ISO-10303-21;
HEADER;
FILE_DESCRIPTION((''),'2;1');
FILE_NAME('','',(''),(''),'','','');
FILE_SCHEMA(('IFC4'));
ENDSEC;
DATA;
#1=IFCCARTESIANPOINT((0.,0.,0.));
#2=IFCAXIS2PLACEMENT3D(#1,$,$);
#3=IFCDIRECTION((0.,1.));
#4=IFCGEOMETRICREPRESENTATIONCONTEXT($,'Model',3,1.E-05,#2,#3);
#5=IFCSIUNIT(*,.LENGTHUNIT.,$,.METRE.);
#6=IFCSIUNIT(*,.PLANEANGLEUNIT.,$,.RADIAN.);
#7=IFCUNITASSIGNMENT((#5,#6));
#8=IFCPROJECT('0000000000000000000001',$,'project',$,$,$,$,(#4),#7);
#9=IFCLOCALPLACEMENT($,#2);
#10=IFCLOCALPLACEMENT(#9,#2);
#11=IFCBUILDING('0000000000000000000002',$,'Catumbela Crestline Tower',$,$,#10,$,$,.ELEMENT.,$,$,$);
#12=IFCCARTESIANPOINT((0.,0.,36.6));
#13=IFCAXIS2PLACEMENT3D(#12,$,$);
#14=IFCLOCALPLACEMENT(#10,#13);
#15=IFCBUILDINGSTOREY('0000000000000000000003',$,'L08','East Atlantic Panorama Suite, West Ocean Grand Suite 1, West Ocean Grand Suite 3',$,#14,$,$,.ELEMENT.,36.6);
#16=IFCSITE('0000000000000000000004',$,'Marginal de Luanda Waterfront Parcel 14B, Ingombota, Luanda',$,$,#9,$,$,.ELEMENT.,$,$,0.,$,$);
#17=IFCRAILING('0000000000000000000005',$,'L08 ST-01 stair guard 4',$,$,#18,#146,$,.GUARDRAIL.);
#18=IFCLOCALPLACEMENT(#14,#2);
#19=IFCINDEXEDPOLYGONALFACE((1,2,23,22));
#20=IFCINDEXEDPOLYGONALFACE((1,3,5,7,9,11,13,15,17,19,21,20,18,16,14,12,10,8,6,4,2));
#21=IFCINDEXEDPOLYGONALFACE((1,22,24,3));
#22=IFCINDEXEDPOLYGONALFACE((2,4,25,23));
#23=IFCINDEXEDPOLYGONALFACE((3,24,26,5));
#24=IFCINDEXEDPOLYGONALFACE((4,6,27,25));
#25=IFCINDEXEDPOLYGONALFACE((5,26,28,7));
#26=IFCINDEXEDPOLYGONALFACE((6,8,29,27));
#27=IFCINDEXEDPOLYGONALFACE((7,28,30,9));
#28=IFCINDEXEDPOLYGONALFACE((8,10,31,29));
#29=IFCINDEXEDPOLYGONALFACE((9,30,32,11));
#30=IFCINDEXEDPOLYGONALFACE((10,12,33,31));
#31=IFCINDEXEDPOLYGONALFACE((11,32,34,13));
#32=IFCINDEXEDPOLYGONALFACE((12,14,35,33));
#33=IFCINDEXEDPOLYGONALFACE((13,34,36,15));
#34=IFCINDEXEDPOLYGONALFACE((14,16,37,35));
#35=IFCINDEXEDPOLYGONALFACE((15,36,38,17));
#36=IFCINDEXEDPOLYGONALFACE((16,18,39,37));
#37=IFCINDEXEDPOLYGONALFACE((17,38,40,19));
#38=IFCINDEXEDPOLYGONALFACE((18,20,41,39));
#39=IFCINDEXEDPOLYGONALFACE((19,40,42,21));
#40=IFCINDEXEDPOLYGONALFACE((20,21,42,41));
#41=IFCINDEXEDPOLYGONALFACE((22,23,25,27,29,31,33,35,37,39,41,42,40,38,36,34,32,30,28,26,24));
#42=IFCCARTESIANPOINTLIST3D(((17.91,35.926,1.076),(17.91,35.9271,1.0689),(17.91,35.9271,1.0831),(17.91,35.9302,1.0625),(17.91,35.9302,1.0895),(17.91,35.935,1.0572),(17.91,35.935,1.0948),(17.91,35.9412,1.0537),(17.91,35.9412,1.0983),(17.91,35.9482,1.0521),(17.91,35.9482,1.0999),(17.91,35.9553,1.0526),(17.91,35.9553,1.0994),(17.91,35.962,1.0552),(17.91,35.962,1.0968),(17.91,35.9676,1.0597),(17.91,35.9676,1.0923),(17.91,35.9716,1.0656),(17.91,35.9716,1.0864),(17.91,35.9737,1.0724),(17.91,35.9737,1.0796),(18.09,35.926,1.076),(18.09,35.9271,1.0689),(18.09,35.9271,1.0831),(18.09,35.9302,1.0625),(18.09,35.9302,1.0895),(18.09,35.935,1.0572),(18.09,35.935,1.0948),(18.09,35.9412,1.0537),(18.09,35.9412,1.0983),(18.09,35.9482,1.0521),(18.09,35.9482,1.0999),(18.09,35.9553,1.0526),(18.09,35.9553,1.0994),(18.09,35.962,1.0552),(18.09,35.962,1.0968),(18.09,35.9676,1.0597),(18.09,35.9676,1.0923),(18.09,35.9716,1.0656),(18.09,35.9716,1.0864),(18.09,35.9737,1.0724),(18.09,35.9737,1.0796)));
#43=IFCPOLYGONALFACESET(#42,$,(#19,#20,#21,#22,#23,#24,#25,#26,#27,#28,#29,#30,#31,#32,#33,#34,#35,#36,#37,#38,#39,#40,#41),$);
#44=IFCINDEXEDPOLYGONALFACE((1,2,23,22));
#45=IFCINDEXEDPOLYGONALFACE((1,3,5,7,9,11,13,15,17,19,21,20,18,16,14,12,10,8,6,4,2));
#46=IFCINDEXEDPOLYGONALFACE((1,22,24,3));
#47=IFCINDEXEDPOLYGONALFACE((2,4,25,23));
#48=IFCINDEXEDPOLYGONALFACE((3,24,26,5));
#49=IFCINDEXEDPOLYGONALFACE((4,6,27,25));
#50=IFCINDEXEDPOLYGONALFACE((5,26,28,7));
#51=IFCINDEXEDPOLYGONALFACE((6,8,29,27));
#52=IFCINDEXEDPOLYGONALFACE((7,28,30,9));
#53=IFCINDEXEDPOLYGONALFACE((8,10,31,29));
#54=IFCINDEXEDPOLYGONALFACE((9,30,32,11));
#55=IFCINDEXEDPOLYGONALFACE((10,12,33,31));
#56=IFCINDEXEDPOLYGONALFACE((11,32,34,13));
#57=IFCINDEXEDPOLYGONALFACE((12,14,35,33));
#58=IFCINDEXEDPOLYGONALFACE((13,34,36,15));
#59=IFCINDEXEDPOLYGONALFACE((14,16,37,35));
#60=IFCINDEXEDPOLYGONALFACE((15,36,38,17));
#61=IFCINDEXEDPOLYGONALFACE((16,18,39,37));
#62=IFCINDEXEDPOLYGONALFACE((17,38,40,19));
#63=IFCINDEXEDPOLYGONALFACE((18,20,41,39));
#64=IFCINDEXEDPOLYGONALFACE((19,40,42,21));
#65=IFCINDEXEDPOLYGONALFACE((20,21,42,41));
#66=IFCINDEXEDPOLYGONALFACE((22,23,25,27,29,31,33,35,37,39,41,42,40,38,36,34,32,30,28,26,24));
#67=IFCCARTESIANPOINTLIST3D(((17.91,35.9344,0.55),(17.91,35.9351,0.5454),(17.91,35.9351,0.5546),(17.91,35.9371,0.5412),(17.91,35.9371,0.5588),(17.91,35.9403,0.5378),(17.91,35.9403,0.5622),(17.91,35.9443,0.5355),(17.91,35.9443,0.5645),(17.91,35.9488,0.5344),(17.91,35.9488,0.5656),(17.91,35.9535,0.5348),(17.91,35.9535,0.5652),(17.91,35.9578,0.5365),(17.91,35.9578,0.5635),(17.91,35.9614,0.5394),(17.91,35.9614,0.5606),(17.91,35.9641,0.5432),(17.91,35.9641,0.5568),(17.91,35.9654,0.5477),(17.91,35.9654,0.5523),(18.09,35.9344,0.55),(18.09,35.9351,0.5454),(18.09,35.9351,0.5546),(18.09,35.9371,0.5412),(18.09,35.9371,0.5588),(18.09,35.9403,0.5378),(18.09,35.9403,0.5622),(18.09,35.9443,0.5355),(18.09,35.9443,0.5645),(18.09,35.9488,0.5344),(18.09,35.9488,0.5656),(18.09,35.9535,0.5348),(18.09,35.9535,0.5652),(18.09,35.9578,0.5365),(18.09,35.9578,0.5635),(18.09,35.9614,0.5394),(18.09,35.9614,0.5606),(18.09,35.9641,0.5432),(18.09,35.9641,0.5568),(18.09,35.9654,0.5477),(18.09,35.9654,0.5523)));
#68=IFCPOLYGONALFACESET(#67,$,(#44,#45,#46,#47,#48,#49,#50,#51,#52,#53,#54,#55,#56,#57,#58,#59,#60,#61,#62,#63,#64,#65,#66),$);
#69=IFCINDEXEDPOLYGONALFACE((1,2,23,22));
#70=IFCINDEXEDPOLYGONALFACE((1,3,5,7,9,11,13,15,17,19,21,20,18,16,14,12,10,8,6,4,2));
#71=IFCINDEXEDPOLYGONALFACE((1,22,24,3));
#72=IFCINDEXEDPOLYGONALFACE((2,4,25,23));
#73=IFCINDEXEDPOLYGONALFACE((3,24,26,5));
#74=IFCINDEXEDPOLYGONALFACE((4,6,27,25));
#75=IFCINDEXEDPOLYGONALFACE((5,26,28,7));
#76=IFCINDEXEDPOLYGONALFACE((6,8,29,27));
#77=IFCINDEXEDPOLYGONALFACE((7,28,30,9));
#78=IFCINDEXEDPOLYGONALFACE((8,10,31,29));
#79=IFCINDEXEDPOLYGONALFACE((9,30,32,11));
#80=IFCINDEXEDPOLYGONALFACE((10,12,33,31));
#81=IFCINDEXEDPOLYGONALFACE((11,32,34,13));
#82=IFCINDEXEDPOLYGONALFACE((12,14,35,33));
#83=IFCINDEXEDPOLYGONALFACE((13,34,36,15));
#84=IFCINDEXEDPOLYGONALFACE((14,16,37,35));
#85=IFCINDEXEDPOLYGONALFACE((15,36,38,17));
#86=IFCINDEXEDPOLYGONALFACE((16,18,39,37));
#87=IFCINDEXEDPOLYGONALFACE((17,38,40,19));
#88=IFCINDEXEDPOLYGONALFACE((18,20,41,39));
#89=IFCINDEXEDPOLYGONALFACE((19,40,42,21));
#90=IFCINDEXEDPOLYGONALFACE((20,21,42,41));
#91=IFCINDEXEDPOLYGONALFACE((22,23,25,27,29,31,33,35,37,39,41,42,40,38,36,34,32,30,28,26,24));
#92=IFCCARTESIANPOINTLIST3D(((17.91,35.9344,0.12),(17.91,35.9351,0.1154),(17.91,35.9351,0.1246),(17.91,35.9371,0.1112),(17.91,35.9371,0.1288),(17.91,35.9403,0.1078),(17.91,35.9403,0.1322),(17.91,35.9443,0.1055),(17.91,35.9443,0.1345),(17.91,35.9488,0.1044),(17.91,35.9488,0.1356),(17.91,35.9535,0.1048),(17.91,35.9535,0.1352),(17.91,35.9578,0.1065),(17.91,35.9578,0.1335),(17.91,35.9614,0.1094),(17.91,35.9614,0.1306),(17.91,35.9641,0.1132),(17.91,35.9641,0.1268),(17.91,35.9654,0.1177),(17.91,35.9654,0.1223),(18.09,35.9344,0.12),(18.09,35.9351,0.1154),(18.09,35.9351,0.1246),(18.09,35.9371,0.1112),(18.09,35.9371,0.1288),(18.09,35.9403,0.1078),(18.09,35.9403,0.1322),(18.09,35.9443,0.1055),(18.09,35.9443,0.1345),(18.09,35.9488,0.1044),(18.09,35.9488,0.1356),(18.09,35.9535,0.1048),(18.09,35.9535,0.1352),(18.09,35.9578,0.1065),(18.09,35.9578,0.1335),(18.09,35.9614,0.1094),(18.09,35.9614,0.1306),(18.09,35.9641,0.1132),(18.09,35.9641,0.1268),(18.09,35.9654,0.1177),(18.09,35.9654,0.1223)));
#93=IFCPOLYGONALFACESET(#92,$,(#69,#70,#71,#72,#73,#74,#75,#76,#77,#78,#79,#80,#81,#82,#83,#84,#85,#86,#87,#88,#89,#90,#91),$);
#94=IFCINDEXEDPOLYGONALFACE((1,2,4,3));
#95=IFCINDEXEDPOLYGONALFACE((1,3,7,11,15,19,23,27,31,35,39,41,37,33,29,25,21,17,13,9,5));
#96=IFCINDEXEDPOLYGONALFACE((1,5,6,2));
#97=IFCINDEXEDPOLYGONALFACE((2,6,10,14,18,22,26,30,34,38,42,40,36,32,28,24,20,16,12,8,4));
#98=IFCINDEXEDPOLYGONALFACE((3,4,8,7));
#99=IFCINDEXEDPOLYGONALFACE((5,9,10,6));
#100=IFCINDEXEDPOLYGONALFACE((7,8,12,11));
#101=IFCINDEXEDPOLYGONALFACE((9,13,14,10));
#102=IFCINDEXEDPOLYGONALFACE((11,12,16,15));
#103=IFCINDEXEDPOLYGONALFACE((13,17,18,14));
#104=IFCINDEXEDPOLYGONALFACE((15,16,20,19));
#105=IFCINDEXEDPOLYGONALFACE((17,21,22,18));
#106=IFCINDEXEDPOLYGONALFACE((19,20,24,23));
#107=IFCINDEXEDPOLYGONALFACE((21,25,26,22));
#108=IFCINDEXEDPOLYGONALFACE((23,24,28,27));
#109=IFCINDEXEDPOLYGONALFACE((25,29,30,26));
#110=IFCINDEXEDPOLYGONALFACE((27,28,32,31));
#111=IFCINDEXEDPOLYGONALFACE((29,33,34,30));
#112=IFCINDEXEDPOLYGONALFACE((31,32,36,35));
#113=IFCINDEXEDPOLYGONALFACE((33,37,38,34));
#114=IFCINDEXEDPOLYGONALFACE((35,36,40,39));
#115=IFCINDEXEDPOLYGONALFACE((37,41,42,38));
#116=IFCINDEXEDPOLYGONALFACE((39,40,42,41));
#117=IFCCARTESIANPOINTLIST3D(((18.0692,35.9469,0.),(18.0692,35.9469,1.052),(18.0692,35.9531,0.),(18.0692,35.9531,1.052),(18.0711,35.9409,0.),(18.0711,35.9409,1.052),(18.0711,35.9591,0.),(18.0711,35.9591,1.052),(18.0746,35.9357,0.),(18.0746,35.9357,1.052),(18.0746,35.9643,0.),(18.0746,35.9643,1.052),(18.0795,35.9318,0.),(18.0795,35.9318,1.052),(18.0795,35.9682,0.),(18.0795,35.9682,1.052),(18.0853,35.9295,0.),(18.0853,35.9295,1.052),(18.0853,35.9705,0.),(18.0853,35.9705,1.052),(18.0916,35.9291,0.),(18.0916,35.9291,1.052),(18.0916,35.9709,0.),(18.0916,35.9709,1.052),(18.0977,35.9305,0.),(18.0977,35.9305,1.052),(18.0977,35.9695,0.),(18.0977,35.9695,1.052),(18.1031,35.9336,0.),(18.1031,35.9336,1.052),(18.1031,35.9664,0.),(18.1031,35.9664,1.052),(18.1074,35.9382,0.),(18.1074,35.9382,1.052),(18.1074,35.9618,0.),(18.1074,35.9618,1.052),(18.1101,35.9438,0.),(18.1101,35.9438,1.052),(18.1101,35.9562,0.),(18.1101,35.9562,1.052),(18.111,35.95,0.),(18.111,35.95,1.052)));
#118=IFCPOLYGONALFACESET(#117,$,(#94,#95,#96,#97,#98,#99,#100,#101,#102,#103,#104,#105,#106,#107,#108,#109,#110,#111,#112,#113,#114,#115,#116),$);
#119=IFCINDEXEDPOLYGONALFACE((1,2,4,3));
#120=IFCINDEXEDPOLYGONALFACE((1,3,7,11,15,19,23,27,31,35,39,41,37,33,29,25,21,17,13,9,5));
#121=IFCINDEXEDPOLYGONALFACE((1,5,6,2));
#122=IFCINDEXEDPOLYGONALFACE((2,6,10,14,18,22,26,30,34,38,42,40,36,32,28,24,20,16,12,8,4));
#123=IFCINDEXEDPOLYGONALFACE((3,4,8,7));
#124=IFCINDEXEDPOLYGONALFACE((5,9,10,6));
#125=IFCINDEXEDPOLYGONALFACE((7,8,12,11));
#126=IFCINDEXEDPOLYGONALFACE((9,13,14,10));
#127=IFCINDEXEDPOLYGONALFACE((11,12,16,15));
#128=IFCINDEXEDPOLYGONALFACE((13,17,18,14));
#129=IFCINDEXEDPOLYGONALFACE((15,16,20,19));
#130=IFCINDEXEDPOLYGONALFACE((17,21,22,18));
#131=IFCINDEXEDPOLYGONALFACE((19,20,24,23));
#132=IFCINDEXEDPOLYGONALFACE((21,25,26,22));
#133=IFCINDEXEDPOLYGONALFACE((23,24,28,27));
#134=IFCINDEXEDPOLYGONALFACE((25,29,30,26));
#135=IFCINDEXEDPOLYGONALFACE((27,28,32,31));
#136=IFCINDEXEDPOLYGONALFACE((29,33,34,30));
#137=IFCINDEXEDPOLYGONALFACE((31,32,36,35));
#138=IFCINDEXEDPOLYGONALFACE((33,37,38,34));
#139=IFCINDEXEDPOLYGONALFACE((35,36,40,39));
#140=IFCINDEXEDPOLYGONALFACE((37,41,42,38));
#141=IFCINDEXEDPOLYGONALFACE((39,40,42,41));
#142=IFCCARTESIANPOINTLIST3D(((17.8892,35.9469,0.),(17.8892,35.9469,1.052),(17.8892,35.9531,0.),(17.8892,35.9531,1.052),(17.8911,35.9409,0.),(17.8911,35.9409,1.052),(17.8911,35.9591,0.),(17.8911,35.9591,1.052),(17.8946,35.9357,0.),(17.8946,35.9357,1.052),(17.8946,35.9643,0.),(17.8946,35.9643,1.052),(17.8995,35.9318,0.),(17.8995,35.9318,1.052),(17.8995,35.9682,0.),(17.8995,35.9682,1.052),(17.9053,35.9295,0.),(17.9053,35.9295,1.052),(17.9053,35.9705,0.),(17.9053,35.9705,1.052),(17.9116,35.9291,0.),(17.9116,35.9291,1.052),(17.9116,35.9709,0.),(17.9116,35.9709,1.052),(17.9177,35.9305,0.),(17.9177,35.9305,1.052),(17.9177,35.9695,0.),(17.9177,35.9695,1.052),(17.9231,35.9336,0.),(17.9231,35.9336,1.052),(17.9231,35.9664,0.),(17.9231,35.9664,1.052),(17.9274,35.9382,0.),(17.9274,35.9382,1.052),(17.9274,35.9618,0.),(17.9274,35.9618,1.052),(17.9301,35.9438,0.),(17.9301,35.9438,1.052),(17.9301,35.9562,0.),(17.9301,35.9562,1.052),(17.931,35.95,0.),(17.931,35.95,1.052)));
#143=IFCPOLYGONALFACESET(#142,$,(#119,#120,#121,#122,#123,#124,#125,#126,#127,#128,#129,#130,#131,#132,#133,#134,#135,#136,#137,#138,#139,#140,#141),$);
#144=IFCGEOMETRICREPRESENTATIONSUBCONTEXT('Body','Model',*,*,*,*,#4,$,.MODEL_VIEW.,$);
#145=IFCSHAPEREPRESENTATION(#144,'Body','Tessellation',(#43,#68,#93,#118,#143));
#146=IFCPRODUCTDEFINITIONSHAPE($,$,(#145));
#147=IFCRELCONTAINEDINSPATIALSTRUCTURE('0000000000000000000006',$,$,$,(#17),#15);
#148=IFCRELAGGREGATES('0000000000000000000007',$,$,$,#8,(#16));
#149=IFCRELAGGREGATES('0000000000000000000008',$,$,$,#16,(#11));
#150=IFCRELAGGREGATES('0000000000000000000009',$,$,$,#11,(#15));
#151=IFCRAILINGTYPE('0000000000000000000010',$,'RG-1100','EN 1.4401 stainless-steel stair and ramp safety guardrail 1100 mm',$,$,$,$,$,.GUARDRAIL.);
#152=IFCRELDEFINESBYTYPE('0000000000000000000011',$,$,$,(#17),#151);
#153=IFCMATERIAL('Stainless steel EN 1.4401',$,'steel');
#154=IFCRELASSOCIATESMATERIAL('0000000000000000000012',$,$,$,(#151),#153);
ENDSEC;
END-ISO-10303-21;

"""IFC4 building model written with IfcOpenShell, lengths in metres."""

from ifc_helpers import new_model, si_unit, direction, frame, origin, origin_2d, place, context, subcontext, project, spatial, circle, extrude, material, type_object, element, save


model = new_model("IFC4")

# Units and contexts
model_context = context("Model", 3, precision=1e-05, world=origin(), true_north=direction((0.0, 1.0)))
body_context = subcontext(model_context, "Body", "Model", "MODEL_VIEW")
ifc_project = project(units=[si_unit("LENGTHUNIT", "METRE"), si_unit("PLANEANGLEUNIT", "RADIAN")], contexts=[model_context])

# Site, building, storey
site_placement = place(None, origin())
site = spatial("IfcSite", under=ifc_project, at=site_placement, Name="Marginal de Luanda Waterfront Parcel 14B, Ingombota, Luanda", CompositionType="ELEMENT", RefElevation=0.0)
building_placement = place(site_placement, origin())
building = spatial("IfcBuilding", under=site, at=building_placement, Name="Catumbela Crestline Tower", CompositionType="ELEMENT")
storey_placement = place(building_placement, frame((0.0, 0.0, 36.6)))
storey = spatial("IfcBuildingStorey", under=building, at=storey_placement, Name="L08", Description="East Atlantic Panorama Suite, West Ocean Grand Suite 1, West Ocean Grand Suite 3", CompositionType="ELEMENT", Elevation=36.6)

# Shared definitions
ifc_material_1 = material(Name="Stainless steel EN 1.4401", Category="steel")

# Railing
railing_type_1 = type_object("IfcRailingType", Name="RG-1100", Description="EN 1.4401 stainless-steel stair and ramp safety guardrail 1100 mm", PredefinedType="GUARDRAIL", material=ifc_material_1)
railing_1_placement = place(storey_placement, frame((18.09, 35.95, 0.0)))
element("IfcRailing", 1, at=railing_1_placement, inside=storey, type_object=railing_type_1, Name="L08 ST-01 stair guard 4", PredefinedType="GUARDRAIL", context=body_context, shape_type="SweptSolid", body=[
    extrude(circle(Radius=0.024, at=origin_2d()), frame((0.0, 0.0, 1.076), z_axis=(-1.0, 0.0, 0.0), x_axis=(0.0, -1.0, 0.0)), (0.0, 0.0, 1.0), 0.18),
    extrude(circle(Radius=0.0156, at=origin_2d()), frame((0.0, 0.0, 0.55), z_axis=(-1.0, 0.0, 0.0), x_axis=(0.0, -1.0, 0.0)), (0.0, 0.0, 1.0), 0.18),
    extrude(circle(Radius=0.0156, at=origin_2d()), frame((0.0, 0.0, 0.12), z_axis=(-1.0, 0.0, 0.0), x_axis=(0.0, -1.0, 0.0)), (0.0, 0.0, 1.0), 0.18),
    extrude(circle(Radius=0.021, at=origin_2d()), origin(), (0.0, 0.0, 1.0), 1.052),
    extrude(circle(Radius=0.021, at=origin_2d()), frame((-0.18, 0.0, 0.0)), (0.0, 0.0, 1.0), 1.052),
])

save(model, "model.ifc")
